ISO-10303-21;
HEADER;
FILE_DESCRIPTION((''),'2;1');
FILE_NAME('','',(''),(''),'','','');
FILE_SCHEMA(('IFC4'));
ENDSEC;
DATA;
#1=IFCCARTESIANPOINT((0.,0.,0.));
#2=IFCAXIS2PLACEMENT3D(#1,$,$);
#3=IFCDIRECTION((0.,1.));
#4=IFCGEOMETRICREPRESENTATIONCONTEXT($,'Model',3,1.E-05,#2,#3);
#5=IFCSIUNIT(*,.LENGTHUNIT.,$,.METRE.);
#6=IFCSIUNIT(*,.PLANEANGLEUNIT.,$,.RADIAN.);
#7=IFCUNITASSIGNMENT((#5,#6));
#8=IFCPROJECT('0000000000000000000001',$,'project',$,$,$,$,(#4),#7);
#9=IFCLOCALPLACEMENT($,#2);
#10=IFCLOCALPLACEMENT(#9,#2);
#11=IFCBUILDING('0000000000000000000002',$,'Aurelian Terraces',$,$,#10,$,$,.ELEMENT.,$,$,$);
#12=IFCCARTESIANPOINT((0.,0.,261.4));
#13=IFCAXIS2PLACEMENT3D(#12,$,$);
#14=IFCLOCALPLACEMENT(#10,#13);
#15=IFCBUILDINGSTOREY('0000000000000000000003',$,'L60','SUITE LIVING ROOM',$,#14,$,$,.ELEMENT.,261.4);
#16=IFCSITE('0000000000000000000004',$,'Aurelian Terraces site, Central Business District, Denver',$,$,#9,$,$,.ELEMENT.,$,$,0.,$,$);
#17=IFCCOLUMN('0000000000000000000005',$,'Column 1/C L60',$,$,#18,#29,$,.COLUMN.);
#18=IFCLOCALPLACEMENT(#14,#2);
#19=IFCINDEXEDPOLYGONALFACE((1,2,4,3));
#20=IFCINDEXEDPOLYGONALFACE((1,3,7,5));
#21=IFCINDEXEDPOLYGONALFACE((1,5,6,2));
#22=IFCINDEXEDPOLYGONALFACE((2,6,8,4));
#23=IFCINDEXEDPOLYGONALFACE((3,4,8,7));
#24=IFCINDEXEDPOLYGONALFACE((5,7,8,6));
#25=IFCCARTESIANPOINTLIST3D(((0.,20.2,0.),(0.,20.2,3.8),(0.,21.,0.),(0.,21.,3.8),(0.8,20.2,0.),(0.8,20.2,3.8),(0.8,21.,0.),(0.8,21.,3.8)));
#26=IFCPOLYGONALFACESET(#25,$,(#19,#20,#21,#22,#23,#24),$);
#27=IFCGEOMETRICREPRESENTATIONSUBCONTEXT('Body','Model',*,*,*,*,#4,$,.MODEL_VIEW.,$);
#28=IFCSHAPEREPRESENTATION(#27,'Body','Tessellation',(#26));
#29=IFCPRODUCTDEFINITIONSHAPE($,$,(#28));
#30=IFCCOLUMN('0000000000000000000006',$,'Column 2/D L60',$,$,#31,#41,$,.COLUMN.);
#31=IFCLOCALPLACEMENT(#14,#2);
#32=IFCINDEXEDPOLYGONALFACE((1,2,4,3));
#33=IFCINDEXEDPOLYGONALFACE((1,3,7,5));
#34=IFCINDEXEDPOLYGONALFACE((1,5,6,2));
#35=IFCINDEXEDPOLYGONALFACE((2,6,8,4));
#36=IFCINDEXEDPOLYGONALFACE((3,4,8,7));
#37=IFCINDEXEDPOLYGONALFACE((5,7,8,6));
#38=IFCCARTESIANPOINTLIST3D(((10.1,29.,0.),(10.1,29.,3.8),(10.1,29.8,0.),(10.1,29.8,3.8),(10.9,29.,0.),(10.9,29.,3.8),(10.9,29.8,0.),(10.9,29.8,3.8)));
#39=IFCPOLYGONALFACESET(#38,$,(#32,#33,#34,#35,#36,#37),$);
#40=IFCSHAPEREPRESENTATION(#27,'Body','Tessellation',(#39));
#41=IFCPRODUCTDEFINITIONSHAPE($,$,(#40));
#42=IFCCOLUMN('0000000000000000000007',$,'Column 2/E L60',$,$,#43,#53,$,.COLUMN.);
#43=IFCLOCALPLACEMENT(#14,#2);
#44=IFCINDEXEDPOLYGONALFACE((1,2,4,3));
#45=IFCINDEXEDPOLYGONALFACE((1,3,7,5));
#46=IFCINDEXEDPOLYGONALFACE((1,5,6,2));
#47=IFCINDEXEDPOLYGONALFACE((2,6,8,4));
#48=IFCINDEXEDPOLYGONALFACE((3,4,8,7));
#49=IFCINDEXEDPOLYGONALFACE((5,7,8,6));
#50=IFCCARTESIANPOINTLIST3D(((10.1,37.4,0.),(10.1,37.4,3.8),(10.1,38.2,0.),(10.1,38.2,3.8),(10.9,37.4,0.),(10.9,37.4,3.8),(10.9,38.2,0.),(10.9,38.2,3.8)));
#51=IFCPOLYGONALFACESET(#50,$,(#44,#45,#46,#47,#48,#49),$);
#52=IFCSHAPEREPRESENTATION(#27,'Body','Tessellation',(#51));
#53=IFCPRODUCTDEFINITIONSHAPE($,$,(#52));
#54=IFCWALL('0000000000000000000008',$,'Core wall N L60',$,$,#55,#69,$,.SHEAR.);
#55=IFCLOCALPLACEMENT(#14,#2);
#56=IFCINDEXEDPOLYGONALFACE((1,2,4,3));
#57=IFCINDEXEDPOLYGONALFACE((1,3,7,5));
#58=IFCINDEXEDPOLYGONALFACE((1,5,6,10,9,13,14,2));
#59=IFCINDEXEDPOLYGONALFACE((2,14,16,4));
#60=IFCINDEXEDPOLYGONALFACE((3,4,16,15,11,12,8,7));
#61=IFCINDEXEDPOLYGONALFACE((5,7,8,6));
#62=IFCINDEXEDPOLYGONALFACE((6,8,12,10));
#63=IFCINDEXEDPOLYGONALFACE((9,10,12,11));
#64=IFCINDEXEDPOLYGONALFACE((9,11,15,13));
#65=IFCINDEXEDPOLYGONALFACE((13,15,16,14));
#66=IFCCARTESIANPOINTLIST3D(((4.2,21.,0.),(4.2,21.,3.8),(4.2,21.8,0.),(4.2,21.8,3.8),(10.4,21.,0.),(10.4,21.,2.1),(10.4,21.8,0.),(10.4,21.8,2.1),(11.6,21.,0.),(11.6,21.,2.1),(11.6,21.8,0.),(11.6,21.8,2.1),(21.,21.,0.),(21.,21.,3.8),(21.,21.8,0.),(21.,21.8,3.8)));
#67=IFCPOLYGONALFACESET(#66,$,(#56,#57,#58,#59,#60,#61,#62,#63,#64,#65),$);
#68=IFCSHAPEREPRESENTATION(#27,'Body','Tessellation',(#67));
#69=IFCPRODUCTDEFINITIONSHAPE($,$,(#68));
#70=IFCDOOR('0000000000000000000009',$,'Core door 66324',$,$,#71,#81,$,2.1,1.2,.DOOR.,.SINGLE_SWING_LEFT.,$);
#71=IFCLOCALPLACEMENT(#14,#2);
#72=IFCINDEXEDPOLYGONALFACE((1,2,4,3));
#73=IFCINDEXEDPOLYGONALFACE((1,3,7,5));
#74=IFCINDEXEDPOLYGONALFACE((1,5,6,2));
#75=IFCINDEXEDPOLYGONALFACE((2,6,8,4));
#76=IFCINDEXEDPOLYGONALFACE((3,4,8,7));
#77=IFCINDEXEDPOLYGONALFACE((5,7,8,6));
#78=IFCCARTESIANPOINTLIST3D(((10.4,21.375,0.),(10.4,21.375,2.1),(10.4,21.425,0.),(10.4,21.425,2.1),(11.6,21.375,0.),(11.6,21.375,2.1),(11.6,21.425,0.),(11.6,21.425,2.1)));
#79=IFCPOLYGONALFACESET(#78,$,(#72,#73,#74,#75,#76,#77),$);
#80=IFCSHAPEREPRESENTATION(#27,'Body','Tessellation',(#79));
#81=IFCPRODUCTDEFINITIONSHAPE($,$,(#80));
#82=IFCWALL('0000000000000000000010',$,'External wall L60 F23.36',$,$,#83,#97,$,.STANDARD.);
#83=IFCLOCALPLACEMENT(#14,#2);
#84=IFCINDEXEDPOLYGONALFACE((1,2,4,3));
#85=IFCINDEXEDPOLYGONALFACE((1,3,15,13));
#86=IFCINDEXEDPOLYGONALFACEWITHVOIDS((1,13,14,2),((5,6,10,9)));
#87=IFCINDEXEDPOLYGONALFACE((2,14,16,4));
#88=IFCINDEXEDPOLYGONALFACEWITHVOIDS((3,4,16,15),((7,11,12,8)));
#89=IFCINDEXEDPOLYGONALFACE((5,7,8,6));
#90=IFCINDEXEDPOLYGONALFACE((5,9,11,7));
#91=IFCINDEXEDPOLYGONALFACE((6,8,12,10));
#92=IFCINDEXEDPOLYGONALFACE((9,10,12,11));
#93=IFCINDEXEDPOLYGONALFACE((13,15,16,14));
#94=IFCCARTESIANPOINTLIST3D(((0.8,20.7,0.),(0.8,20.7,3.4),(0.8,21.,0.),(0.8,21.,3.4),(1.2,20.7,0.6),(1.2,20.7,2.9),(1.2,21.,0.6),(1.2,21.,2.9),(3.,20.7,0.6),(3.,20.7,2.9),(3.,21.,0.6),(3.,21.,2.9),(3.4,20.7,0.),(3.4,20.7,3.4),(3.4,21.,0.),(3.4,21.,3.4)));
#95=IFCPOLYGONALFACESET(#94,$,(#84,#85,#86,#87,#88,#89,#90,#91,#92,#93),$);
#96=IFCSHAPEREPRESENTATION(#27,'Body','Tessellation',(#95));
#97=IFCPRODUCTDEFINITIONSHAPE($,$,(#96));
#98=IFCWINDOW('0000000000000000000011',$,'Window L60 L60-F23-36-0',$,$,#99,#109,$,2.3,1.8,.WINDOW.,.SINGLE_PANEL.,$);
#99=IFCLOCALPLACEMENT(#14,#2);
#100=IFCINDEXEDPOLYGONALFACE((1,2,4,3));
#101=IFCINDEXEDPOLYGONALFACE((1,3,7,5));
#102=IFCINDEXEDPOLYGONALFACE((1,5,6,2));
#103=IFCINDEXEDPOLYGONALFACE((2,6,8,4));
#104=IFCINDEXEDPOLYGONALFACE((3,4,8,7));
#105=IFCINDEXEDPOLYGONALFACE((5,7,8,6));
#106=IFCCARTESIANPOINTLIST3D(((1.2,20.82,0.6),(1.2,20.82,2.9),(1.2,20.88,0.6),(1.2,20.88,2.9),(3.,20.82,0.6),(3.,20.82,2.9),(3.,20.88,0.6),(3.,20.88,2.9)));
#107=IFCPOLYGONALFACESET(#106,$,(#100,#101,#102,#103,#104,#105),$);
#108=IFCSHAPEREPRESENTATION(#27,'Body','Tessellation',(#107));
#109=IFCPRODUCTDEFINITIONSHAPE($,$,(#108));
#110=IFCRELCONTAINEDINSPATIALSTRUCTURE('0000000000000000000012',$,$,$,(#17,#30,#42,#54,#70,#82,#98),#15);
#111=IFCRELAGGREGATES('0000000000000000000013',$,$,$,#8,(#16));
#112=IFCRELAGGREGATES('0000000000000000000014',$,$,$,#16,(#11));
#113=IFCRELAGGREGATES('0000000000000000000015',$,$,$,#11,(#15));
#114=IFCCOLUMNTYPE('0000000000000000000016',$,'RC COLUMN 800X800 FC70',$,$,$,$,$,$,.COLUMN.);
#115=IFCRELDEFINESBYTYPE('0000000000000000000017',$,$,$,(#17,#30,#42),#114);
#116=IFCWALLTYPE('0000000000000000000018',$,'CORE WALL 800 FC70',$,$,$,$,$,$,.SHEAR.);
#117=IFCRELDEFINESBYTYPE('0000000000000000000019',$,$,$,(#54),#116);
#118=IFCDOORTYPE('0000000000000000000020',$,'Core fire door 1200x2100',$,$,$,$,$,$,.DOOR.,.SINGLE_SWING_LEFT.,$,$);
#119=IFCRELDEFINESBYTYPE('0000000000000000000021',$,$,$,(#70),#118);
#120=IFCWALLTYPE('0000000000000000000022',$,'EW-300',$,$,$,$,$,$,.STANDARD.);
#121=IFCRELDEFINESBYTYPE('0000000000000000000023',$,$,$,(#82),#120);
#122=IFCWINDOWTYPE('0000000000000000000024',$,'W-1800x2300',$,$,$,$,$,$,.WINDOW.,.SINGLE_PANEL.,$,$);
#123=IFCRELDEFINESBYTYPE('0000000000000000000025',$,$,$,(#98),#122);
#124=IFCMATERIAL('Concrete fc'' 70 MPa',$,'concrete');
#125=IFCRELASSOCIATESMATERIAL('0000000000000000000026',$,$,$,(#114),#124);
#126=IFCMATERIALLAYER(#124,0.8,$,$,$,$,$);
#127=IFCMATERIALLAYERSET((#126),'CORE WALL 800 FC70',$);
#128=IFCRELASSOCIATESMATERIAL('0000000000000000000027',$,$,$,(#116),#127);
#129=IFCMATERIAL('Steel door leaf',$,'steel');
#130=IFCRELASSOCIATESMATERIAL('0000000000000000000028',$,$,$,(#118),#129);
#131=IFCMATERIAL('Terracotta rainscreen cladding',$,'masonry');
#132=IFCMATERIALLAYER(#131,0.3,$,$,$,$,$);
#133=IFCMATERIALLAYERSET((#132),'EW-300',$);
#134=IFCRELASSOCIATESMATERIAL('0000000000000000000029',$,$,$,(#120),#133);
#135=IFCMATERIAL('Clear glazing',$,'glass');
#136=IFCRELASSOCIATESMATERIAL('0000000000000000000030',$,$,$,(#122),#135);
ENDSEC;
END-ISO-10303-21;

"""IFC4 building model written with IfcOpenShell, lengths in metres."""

from ifc_helpers import new_model, si_unit, direction, frame, frame_2d, origin, origin_2d, place, context, subcontext, project, spatial, rectangle, extrude, source, transform, mapped, material, layer, layer_set, material_profile, profile_set, type_object, element, fill, save


model = new_model("IFC4")

# Units and contexts
model_context = context("Model", 3, precision=1e-05, world=origin(), true_north=direction((0.0, 1.0)))
body_context = subcontext(model_context, "Body", "Model", "MODEL_VIEW")
ifc_project = project(units=[si_unit("LENGTHUNIT", "METRE"), si_unit("PLANEANGLEUNIT", "RADIAN")], contexts=[model_context])

# Site, building, storey
site_placement = place(None, origin())
site = spatial("IfcSite", under=ifc_project, at=site_placement, Name="Aurelian Terraces site, Central Business District, Denver", CompositionType="ELEMENT", RefElevation=0.0)
building_placement = place(site_placement, origin())
building = spatial("IfcBuilding", under=site, at=building_placement, Name="Aurelian Terraces", CompositionType="ELEMENT")
storey_placement = place(building_placement, frame((0.0, 0.0, 261.4)))
storey = spatial("IfcBuildingStorey", under=building, at=storey_placement, Name="L60", Description="SUITE LIVING ROOM", CompositionType="ELEMENT", Elevation=261.4)

# Columns
ifc_material_1 = material(Name="Concrete fc' 70 MPa", Category="concrete")
ifc_material_profile = material_profile(ifc_material_1, rectangle(XDim=0.8, YDim=0.8, at=origin_2d()))
ifc_profile_set = profile_set([ifc_material_profile], Name="Concrete fc' 70 MPa")
column_type = type_object("IfcColumnType", Name="RC COLUMN 800X800 FC70", PredefinedType="COLUMN", material=ifc_profile_set)
shared_shape_1 = source(origin(), body_context, "Body", "SweptSolid", [
    extrude(rectangle(XDim=0.8, YDim=0.8, at=origin_2d()), origin(), (0.0, 0.0, 1.0), 3.8),
])
for number, where, z_axis, x_axis, name in (
    (1, (0.4, 20.6, 0.0), (0.0, 0.0, 1.0), (1.0, 0.0, 0.0), "Column 1/C L60"),
    (2, (10.5, 29.4, 0.0), (0.0, 0.0, 1.0), (1.0, 0.0, 0.0), "Column 2/D L60"),
    (3, (10.5, 37.8, 0.0), (0.0, 0.0, 1.0), (1.0, 0.0, 0.0), "Column 2/E L60"),
):
    element("IfcColumn", number, at=place(storey_placement, frame(where, z_axis=z_axis, x_axis=x_axis)), inside=storey, type_object=column_type, Name=name, PredefinedType="COLUMN", context=body_context, shape_type="MappedRepresentation", body=[
        mapped(shared_shape_1, transform((0.0, 0.0, 0.0), scale=1.0)),
    ])

# Wall, opening, door
ifc_layer_1 = layer(ifc_material_1, 0.8)
ifc_layer_set_1 = layer_set([ifc_layer_1], Name="CORE WALL 800 FC70")
wall_type_1 = type_object("IfcWallType", Name="CORE WALL 800 FC70", PredefinedType="SHEAR", material=ifc_layer_set_1)
shared_shape_2 = source(origin(), body_context, "Body", "SweptSolid", [
    extrude(rectangle(XDim=16.8, YDim=0.8, at=frame_2d((8.4, 0.0))), origin(), (0.0, 0.0, 1.0), 3.8),
])
wall_1_placement = place(storey_placement, frame((4.2, 21.4, 0.0), z_axis=(0.0, 0.0, 1.0), x_axis=(1.0, 0.0, 0.0)))
wall_1 = element("IfcWall", 4, at=wall_1_placement, inside=storey, type_object=wall_type_1, Name="Core wall N L60", PredefinedType="SHEAR", context=body_context, shape_type="MappedRepresentation", body=[
    mapped(shared_shape_2, transform((0.0, 0.0, 0.0), scale=1.0)),
])
shared_shape_3 = source(origin(), body_context, "Body", "SweptSolid", [
    extrude(rectangle(XDim=1.2, YDim=2.1, at=frame_2d((0.6, 1.05))), frame((0.0, 0.41, 0.0), z_axis=(0.0, -1.0, 0.0), x_axis=(1.0, 0.0, 0.0)), (0.0, 0.0, 1.0), 0.82),
])
opening_1_placement = place(wall_1_placement, frame((6.2, 0.0, 0.0)))
opening_1 = element("IfcOpeningElement", 5, at=opening_1_placement, cuts=wall_1, PredefinedType="OPENING", context=body_context, shape_type="MappedRepresentation", body=[
    mapped(shared_shape_3, transform((0.0, 0.0, 0.0), scale=1.0)),
])
ifc_material_2 = material(Name="Steel door leaf", Category="steel")
door_type_1 = type_object("IfcDoorType", Name="Core fire door 1200x2100", OperationType="SINGLE_SWING_LEFT", PredefinedType="DOOR", material=ifc_material_2)
shared_shape_4 = source(origin(), body_context, "Body", "SweptSolid", [
    extrude(rectangle(XDim=1.2, YDim=2.1, at=frame_2d((0.6, 1.05))), frame((0.0, 0.025, 0.0), z_axis=(0.0, -1.0, 0.0), x_axis=(1.0, 0.0, 0.0)), (0.0, 0.0, 1.0), 0.05),
])
door_1_placement = place(opening_1_placement, origin())
door_1 = element("IfcDoor", 6, at=door_1_placement, inside=storey, type_object=door_type_1, Name="Core door 66324", OperationType="SINGLE_SWING_LEFT", OverallHeight=2.1, OverallWidth=1.2, PredefinedType="DOOR", context=body_context, shape_type="MappedRepresentation", body=[
    mapped(shared_shape_4, transform((0.0, 0.0, 0.0), scale=1.0)),
])
fill(opening_1, door_1)

# Wall, opening, window
ifc_material_3 = material(Name="Terracotta rainscreen cladding", Category="masonry")
ifc_layer_2 = layer(ifc_material_3, 0.3)
ifc_layer_set_2 = layer_set([ifc_layer_2], Name="EW-300")
wall_type_2 = type_object("IfcWallType", Name="EW-300", PredefinedType="STANDARD", material=ifc_layer_set_2)
shared_shape_5 = source(origin(), body_context, "Body", "SweptSolid", [
    extrude(rectangle(XDim=2.6, YDim=0.3, at=frame_2d((1.3, 0.0))), origin(), (0.0, 0.0, 1.0), 3.4),
])
wall_2_placement = place(storey_placement, frame((3.4, 20.85, 0.0), z_axis=(0.0, 0.0, 1.0), x_axis=(-1.0, 0.0, 0.0)))
wall_2 = element("IfcWall", 7, at=wall_2_placement, inside=storey, type_object=wall_type_2, Name="External wall L60 F23.36", PredefinedType="STANDARD", context=body_context, shape_type="MappedRepresentation", body=[
    mapped(shared_shape_5, transform((0.0, 0.0, 0.0), scale=1.0)),
])
shared_shape_6 = source(origin(), body_context, "Body", "SweptSolid", [
    extrude(rectangle(XDim=1.8, YDim=2.3, at=frame_2d((0.9, 1.15))), frame((0.0, 0.16, 0.0), z_axis=(0.0, -1.0, 0.0), x_axis=(1.0, 0.0, 0.0)), (0.0, 0.0, 1.0), 0.32),
])
opening_2_placement = place(wall_2_placement, frame((0.4, 0.0, 0.6)))
opening_2 = element("IfcOpeningElement", 8, at=opening_2_placement, cuts=wall_2, PredefinedType="OPENING", context=body_context, shape_type="MappedRepresentation", body=[
    mapped(shared_shape_6, transform((0.0, 0.0, 0.0), scale=1.0)),
])
ifc_material_4 = material(Name="Clear glazing", Category="glass")
window_type = type_object("IfcWindowType", Name="W-1800x2300", PartitioningType="SINGLE_PANEL", PredefinedType="WINDOW", material=ifc_material_4)
shared_shape_7 = source(origin(), body_context, "Body", "SweptSolid", [
    extrude(rectangle(XDim=1.8, YDim=2.3, at=frame_2d((0.9, 1.15))), frame((0.0, 0.03, 0.0), z_axis=(0.0, -1.0, 0.0), x_axis=(1.0, 0.0, 0.0)), (0.0, 0.0, 1.0), 0.06),
])
window_placement = place(opening_2_placement, origin())
window = element("IfcWindow", 9, at=window_placement, inside=storey, type_object=window_type, Name="Window L60 L60-F23-36-0", OverallHeight=2.3, OverallWidth=1.8, PartitioningType="SINGLE_PANEL", PredefinedType="WINDOW", context=body_context, shape_type="MappedRepresentation", body=[
    mapped(shared_shape_7, transform((0.0, 0.0, 0.0), scale=1.0)),
])
fill(opening_2, window)

save(model, "model.ifc")
